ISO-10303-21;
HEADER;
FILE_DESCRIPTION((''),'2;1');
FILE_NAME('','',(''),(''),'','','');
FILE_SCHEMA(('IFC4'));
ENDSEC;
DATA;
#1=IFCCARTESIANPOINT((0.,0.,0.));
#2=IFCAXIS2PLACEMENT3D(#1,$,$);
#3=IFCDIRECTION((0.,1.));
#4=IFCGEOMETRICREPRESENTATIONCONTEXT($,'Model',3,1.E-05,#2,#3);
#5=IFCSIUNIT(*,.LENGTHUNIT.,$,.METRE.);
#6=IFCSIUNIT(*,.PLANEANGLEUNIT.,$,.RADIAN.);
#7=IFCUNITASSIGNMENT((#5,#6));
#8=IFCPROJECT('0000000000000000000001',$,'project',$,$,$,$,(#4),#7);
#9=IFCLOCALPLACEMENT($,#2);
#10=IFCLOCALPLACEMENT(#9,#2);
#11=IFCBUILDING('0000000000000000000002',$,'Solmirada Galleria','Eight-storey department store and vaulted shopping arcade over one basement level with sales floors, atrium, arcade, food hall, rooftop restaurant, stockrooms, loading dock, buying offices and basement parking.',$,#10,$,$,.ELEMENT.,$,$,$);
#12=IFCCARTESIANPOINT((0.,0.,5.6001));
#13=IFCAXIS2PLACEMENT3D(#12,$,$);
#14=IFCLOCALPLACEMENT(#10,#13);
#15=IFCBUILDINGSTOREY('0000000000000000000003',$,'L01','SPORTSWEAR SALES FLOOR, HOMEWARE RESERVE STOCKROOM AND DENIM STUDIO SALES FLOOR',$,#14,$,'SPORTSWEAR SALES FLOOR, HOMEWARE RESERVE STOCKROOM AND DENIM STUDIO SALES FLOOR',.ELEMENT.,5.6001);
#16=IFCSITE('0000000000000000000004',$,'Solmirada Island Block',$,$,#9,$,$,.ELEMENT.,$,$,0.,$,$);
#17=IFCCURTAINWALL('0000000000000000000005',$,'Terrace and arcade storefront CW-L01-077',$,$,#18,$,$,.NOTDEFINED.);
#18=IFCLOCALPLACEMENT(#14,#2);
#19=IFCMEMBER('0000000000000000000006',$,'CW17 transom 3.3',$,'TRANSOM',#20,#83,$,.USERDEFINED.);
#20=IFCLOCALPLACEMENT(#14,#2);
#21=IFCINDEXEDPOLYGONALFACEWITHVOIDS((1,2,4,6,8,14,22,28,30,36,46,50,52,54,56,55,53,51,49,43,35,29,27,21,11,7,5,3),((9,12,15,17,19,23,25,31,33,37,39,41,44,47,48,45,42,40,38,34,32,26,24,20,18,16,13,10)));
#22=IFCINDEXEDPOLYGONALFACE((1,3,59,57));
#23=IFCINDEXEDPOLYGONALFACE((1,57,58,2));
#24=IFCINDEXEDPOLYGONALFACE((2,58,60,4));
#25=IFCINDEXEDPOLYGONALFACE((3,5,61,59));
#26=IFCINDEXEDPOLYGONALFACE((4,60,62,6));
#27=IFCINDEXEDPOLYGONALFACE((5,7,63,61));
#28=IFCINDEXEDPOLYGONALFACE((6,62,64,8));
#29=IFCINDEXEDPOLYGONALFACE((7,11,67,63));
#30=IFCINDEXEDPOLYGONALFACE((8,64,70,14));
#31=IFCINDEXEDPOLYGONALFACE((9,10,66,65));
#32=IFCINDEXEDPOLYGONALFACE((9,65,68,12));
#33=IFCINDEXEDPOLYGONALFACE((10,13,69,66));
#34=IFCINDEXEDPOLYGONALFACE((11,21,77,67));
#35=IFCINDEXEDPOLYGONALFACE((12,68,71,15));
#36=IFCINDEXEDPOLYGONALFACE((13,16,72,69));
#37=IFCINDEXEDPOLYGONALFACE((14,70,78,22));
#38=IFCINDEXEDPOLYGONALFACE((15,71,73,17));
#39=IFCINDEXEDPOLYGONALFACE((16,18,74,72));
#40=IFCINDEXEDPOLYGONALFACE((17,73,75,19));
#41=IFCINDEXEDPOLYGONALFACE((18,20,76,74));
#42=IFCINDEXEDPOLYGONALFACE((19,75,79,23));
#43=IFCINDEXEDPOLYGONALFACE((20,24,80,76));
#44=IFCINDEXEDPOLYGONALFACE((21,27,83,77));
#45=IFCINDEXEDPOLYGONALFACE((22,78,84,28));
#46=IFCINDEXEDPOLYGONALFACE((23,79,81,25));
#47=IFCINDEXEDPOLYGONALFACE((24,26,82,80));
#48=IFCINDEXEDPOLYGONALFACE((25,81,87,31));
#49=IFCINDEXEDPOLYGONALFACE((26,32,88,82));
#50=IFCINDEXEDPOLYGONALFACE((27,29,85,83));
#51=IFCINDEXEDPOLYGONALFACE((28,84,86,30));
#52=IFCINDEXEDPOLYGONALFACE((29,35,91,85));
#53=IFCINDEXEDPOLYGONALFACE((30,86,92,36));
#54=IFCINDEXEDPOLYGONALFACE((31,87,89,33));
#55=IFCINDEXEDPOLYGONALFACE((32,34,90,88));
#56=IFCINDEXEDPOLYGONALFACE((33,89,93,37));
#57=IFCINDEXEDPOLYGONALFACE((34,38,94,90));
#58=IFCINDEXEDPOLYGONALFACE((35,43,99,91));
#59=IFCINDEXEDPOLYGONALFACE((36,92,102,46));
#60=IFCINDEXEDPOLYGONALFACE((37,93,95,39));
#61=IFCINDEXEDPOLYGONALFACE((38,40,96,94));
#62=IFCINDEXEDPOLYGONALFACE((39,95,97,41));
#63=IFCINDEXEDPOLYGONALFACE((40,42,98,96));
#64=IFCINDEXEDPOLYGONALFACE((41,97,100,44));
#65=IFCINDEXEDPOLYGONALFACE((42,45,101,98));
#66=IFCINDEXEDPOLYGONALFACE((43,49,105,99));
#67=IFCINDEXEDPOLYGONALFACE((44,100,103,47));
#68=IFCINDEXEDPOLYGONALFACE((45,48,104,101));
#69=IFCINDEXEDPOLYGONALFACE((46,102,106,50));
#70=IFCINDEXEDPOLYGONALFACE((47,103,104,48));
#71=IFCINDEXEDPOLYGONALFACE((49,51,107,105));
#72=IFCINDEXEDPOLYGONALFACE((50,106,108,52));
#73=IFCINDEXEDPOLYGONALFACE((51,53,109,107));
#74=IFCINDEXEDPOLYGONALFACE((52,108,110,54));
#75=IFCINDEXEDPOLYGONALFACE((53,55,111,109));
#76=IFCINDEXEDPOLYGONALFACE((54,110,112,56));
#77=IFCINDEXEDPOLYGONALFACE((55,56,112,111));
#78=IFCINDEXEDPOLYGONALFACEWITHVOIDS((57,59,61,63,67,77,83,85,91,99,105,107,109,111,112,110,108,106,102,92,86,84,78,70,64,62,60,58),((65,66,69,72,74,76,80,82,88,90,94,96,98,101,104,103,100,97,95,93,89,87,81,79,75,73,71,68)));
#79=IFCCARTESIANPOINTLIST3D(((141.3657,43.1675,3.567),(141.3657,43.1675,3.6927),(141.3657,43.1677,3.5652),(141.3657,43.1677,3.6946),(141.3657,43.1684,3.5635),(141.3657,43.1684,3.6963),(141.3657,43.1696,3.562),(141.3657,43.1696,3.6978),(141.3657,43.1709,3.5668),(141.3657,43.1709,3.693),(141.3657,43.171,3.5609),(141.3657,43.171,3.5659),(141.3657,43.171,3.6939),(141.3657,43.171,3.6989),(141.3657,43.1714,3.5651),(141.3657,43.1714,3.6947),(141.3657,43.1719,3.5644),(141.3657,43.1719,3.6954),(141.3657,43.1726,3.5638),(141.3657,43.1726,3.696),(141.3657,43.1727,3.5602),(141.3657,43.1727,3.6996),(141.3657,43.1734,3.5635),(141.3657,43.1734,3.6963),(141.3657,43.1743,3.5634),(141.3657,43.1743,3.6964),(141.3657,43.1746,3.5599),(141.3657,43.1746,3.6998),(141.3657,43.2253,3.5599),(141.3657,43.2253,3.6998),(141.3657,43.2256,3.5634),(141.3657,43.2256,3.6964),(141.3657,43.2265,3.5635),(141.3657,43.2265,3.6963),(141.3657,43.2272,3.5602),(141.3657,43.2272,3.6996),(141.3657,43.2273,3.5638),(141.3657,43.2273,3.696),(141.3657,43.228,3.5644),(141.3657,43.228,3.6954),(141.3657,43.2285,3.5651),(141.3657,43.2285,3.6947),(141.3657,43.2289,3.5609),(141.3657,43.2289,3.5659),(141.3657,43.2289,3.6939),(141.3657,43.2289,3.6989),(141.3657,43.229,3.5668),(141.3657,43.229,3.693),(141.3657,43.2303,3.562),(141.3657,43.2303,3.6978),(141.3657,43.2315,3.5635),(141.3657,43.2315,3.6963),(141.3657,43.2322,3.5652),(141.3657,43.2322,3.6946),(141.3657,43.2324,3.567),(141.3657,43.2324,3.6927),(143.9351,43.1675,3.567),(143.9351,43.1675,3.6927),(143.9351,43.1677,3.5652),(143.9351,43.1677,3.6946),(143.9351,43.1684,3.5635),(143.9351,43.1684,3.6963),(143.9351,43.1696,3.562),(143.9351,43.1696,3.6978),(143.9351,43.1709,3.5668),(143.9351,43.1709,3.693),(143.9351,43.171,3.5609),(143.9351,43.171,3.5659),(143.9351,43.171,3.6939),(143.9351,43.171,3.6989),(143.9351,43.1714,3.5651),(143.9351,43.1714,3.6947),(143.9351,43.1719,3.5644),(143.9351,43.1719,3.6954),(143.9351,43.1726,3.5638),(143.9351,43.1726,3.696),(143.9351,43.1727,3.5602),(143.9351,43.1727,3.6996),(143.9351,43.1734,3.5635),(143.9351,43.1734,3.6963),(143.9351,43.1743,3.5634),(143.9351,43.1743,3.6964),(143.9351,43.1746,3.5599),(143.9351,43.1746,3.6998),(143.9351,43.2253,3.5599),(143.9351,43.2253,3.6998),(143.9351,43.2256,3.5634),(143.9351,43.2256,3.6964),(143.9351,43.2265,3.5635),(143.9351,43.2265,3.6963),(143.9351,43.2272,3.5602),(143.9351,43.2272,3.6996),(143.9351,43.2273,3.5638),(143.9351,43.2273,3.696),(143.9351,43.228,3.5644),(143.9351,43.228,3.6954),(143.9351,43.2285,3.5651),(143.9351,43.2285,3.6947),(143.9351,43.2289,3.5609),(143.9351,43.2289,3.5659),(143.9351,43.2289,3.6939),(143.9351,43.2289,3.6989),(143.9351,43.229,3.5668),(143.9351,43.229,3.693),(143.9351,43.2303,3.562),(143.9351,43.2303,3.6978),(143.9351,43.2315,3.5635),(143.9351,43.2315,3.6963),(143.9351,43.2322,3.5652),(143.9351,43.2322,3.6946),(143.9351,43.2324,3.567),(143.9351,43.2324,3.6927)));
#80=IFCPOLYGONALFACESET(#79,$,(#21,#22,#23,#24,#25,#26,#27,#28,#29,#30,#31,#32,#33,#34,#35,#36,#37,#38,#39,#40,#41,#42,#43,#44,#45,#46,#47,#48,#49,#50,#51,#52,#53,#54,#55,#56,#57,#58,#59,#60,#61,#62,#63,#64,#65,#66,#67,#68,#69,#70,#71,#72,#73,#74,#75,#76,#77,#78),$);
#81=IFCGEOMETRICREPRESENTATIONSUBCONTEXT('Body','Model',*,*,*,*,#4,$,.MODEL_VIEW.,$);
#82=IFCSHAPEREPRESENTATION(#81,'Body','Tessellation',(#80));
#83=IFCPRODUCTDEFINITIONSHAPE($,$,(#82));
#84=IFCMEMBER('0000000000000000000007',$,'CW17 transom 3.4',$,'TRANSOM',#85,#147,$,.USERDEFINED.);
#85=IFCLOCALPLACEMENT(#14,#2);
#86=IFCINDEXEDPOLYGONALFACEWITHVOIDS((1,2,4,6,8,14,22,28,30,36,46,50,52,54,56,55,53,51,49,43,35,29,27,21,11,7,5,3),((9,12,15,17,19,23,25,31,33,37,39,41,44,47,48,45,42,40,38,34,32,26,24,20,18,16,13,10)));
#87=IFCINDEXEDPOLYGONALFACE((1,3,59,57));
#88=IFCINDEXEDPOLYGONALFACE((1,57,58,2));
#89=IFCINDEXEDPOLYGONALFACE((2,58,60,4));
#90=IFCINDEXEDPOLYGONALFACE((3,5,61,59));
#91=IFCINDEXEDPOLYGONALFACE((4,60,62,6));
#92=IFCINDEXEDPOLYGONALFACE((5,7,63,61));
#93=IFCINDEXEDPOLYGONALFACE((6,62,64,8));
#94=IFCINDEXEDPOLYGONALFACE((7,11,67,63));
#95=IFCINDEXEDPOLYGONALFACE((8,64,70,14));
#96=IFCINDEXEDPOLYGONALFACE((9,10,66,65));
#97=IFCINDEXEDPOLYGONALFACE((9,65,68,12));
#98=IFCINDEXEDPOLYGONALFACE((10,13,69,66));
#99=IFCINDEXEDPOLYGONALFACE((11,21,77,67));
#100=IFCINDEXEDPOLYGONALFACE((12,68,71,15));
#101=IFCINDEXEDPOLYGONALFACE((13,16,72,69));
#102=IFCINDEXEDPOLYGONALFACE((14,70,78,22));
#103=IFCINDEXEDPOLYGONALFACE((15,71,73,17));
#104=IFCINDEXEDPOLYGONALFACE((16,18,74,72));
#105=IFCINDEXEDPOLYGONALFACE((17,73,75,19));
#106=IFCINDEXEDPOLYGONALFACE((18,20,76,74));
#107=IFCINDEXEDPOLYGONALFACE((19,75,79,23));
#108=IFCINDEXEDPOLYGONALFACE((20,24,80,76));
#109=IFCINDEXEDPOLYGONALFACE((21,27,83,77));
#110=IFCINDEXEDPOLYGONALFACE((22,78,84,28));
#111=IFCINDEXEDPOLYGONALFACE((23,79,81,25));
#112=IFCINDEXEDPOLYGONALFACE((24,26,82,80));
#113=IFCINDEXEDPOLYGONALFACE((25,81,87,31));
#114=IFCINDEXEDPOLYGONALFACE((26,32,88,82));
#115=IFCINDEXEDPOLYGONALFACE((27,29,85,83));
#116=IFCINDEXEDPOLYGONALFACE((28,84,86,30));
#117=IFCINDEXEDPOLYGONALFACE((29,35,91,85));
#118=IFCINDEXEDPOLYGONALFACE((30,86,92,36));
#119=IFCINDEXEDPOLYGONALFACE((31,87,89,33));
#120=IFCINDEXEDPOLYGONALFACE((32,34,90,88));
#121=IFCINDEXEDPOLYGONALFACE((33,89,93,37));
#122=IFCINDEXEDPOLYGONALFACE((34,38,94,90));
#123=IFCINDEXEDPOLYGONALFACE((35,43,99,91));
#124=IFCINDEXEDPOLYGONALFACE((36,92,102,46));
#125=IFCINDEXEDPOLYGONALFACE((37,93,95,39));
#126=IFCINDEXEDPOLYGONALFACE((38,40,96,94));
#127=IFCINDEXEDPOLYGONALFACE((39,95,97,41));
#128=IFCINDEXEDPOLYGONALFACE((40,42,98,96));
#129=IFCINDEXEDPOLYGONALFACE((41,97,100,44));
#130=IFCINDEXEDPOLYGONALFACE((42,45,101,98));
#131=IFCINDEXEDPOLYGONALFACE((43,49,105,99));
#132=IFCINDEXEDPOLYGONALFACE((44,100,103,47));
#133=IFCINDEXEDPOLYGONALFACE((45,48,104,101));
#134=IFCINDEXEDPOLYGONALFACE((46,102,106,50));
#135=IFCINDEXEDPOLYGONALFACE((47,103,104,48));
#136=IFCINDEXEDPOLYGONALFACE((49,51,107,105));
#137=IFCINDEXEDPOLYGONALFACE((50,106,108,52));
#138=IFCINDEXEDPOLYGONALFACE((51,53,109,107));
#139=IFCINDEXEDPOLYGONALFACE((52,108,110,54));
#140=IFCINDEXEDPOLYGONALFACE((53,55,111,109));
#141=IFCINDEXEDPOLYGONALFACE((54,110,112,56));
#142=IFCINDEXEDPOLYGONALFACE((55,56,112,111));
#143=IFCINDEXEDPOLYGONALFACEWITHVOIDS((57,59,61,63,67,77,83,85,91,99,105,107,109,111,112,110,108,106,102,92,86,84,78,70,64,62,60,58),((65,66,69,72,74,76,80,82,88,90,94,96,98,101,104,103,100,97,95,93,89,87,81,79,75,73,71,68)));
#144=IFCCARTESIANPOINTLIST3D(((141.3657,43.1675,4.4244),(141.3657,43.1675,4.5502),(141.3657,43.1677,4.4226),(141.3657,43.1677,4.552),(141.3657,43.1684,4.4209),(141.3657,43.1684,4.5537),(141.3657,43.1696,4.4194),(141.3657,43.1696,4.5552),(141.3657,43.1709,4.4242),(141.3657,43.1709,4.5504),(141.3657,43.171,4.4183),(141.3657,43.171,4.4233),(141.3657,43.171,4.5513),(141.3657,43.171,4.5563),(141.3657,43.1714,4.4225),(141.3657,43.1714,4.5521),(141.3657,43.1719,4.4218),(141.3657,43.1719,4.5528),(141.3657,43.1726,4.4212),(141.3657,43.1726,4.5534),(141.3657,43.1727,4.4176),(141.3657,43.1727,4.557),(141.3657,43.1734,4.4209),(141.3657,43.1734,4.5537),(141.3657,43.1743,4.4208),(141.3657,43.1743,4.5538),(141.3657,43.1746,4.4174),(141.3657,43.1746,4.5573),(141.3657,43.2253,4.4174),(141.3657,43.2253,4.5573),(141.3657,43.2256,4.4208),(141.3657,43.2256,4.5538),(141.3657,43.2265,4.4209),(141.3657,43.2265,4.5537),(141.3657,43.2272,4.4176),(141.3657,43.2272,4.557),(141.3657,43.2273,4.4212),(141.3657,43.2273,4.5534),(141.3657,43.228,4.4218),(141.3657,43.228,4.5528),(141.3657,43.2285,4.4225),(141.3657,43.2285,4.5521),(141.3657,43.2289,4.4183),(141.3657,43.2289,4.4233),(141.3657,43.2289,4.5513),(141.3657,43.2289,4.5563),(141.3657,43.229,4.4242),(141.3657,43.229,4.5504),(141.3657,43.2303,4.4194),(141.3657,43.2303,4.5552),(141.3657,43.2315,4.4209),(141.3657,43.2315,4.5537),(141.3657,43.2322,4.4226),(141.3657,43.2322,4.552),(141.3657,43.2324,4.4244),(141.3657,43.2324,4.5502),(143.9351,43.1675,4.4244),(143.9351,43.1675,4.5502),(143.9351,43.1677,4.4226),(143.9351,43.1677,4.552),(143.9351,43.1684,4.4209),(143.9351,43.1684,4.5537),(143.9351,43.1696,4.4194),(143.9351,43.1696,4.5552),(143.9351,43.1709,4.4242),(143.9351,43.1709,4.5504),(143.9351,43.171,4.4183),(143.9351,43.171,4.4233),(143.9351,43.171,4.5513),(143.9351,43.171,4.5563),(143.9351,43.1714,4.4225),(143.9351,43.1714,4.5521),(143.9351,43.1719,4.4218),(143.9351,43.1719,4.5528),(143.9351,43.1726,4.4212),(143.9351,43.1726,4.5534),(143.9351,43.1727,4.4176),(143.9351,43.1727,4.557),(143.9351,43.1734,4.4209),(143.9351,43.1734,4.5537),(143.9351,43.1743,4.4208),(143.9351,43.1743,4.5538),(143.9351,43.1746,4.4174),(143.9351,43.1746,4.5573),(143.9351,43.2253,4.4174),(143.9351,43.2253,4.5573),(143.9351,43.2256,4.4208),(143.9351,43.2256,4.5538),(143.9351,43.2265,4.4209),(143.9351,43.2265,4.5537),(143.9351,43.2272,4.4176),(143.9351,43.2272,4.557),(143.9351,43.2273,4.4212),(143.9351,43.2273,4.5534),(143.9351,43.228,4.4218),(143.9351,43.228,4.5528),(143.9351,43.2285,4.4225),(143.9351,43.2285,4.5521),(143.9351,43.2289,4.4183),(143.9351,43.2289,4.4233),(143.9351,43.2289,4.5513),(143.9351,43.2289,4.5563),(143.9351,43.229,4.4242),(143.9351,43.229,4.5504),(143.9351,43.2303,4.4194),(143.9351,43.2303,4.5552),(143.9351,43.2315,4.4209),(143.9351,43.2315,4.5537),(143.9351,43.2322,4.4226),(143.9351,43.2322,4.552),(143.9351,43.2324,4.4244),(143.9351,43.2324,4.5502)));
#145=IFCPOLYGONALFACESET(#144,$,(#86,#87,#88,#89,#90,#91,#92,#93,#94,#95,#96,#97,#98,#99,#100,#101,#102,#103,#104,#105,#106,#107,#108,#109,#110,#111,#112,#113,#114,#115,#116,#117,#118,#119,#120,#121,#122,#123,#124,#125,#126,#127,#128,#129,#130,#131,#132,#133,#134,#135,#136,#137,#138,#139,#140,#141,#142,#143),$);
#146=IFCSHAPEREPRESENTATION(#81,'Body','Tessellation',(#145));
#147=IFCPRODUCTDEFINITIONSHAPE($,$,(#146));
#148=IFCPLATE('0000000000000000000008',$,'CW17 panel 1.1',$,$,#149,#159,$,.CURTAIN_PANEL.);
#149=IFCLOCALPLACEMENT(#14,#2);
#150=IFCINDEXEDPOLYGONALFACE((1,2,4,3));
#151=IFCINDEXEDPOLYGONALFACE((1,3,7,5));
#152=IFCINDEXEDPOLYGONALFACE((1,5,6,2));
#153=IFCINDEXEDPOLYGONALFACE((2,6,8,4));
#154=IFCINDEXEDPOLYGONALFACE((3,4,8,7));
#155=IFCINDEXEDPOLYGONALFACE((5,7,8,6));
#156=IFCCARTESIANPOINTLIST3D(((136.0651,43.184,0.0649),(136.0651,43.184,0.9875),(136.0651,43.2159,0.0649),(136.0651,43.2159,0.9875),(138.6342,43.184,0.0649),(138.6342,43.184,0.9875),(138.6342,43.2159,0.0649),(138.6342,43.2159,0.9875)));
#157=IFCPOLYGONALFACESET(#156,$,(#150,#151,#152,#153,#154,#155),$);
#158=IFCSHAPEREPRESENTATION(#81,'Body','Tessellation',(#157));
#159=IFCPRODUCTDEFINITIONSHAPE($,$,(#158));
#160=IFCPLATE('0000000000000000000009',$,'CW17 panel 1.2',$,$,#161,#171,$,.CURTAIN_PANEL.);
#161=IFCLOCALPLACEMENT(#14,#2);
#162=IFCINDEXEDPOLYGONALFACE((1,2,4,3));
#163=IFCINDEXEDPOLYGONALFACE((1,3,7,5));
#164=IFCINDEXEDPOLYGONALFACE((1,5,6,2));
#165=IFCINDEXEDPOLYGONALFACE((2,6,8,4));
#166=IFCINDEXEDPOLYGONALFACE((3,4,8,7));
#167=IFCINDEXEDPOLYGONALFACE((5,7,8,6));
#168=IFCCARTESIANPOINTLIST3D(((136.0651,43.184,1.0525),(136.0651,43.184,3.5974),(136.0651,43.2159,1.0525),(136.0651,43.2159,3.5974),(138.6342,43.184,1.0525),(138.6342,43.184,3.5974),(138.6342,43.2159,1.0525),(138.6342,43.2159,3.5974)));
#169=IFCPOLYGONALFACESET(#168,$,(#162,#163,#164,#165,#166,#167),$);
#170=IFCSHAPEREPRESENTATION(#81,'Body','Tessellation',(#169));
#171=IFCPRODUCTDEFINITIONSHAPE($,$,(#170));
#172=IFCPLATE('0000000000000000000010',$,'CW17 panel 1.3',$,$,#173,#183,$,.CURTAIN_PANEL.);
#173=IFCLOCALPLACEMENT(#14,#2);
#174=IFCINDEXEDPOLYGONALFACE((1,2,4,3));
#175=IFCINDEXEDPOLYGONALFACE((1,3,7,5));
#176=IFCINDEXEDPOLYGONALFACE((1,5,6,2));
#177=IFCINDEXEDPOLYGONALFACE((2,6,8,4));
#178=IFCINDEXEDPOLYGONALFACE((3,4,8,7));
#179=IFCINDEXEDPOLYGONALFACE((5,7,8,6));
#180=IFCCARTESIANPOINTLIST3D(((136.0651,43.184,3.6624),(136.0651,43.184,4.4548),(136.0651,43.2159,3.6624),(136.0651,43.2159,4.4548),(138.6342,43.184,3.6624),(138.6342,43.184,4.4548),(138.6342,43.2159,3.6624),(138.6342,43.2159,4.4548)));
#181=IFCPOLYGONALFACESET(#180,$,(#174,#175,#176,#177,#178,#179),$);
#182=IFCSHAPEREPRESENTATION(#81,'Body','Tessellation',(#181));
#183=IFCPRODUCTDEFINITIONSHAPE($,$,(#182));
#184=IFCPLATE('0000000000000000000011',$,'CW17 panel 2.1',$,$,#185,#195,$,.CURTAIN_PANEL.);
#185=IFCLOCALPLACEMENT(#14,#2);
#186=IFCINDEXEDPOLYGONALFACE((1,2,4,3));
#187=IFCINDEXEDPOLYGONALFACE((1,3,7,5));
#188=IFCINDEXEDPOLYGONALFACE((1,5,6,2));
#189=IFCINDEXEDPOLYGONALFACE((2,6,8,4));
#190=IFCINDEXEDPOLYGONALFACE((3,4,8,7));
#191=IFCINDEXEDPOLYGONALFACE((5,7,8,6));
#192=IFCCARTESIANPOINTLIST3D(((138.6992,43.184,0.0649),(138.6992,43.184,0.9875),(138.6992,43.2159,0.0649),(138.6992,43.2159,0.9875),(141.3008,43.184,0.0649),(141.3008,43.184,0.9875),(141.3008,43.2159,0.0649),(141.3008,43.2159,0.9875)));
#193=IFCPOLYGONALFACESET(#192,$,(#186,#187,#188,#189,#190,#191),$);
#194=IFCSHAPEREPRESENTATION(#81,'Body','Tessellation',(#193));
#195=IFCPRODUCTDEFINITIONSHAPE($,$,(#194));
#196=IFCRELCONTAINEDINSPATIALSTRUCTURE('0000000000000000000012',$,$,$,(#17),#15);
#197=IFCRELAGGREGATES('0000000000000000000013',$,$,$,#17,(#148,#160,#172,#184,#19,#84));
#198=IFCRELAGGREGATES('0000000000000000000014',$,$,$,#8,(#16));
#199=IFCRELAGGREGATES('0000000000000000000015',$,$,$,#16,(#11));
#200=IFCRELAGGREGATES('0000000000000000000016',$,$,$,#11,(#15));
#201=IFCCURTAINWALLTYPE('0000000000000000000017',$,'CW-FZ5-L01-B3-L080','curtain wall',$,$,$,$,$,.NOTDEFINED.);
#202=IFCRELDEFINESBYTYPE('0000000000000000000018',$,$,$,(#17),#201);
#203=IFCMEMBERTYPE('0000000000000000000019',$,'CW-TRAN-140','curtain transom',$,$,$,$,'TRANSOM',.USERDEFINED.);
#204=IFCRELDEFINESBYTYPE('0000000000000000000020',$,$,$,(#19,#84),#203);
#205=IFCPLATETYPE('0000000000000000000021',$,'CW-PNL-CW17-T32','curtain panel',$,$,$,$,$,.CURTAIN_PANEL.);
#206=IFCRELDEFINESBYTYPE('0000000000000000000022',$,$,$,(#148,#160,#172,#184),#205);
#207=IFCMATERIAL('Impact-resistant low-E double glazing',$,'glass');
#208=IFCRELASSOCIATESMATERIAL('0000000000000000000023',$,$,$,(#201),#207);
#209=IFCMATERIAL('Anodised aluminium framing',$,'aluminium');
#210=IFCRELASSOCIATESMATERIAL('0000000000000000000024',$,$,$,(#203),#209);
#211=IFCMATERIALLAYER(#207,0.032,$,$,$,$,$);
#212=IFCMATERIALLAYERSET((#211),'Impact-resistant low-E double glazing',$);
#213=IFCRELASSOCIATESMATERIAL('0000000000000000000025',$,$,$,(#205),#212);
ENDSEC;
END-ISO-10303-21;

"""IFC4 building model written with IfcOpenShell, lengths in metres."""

from ifc_helpers import new_model, si_unit, direction, frame, origin, origin_2d, place, context, subcontext, project, spatial, rectangle, hollow_rectangle, extrude, material, layer, layer_set, material_profile, profile_set, type_object, element, aggregate, save


model = new_model("IFC4")

# Units and contexts
model_context = context("Model", 3, precision=1e-05, world=origin(), true_north=direction((0.0, 1.0)))
body_context = subcontext(model_context, "Body", "Model", "MODEL_VIEW")
ifc_project = project(units=[si_unit("LENGTHUNIT", "METRE"), si_unit("PLANEANGLEUNIT", "RADIAN")], contexts=[model_context])

# Site, building, storey
site_placement = place(None, origin())
site = spatial("IfcSite", under=ifc_project, at=site_placement, Name="Solmirada Island Block", CompositionType="ELEMENT", RefElevation=0.0)
building_placement = place(site_placement, origin())
building = spatial("IfcBuilding", under=site, at=building_placement, Name="Solmirada Galleria", Description="Eight-storey department store and vaulted shopping arcade over one basement level with sales floors, atrium, arcade, food hall, rooftop restaurant, stockrooms, loading dock, buying offices and basement parking.", CompositionType="ELEMENT")
storey_placement = place(building_placement, frame((0.0, 0.0, 5.6001)))
storey = spatial("IfcBuildingStorey", under=building, at=storey_placement, Name="L01", Description="SPORTSWEAR SALES FLOOR, HOMEWARE RESERVE STOCKROOM AND DENIM STUDIO SALES FLOOR", LongName="SPORTSWEAR SALES FLOOR, HOMEWARE RESERVE STOCKROOM AND DENIM STUDIO SALES FLOOR", CompositionType="ELEMENT", Elevation=5.6001)

# Curtain wall, members, plates
ifc_material_1 = material(Name="Impact-resistant low-E double glazing", Category="glass")
curtain_wall_type = type_object("IfcCurtainWallType", Name="CW-FZ5-L01-B3-L080", Description="curtain wall", PredefinedType="NOTDEFINED", material=ifc_material_1)
curtain_wall_placement = place(storey_placement, origin())
curtain_wall = element("IfcCurtainWall", 1, at=curtain_wall_placement, inside=storey, type_object=curtain_wall_type, Name="Terrace and arcade storefront CW-L01-077", PredefinedType="NOTDEFINED")
ifc_material_2 = material(Name="Anodised aluminium framing", Category="aluminium")
ifc_material_profile_1 = material_profile(ifc_material_2, hollow_rectangle(XDim=0.0649, YDim=0.1399, WallThickness=0.0034, InnerFilletRadius=0.0034, OuterFilletRadius=0.0071, at=origin_2d()), Name="ALU-TRAN-140X65")
ifc_profile_set_1 = profile_set([ifc_material_profile_1], Name="Anodised aluminium framing")
member_type_1 = type_object("IfcMemberType", Name="CW-TRAN-140", Description="curtain transom", ElementType="TRANSOM", PredefinedType="USERDEFINED", material=ifc_profile_set_1)
member_1_placement = place(storey_placement, frame((141.3657, 43.2, 3.6299), z_axis=(1.0, 0.0, 0.0), x_axis=(0.0, 1.0, 0.0)))
member_1 = element("IfcMember", 2, at=member_1_placement, type_object=member_type_1, Name="CW17 transom 3.3", ObjectType="TRANSOM", PredefinedType="USERDEFINED", context=body_context, shape_type="SweptSolid", body=[
    extrude(hollow_rectangle(XDim=0.0649, YDim=0.1399, WallThickness=0.0034, InnerFilletRadius=0.0034, OuterFilletRadius=0.0071, at=origin_2d()), origin(), (0.0, 0.0, 1.0), 2.5693),
])
member_2_placement = place(storey_placement, frame((141.3657, 43.2, 4.4873), z_axis=(1.0, 0.0, 0.0), x_axis=(0.0, 1.0, 0.0)))
member_2 = element("IfcMember", 3, at=member_2_placement, type_object=member_type_1, Name="CW17 transom 3.4", ObjectType="TRANSOM", PredefinedType="USERDEFINED", context=body_context, shape_type="SweptSolid", body=[
    extrude(hollow_rectangle(XDim=0.0649, YDim=0.1399, WallThickness=0.0034, InnerFilletRadius=0.0034, OuterFilletRadius=0.0071, at=origin_2d()), origin(), (0.0, 0.0, 1.0), 2.5693),
])
ifc_layer_1 = layer(ifc_material_1, 0.032)
ifc_layer_set_1 = layer_set([ifc_layer_1], Name="Impact-resistant low-E double glazing")
plate_type = type_object("IfcPlateType", Name="CW-PNL-CW17-T32", Description="curtain panel", PredefinedType="CURTAIN_PANEL", material=ifc_layer_set_1)
plate_1_placement = place(storey_placement, frame((137.3496, 43.2, 0.0649), z_axis=(0.0, 0.0, 1.0), x_axis=(1.0, 0.0, 0.0)))
plate_1 = element("IfcPlate", 4, at=plate_1_placement, type_object=plate_type, Name="CW17 panel 1.1", PredefinedType="CURTAIN_PANEL", context=body_context, shape_type="SweptSolid", body=[
    extrude(rectangle(XDim=2.5691, YDim=0.032, at=origin_2d()), origin(), (0.0, 0.0, 1.0), 0.9226),
])
plate_2_placement = place(storey_placement, frame((137.3496, 43.2, 1.0525), z_axis=(0.0, 0.0, 1.0), x_axis=(1.0, 0.0, 0.0)))
plate_2 = element("IfcPlate", 5, at=plate_2_placement, type_object=plate_type, Name="CW17 panel 1.2", PredefinedType="CURTAIN_PANEL", context=body_context, shape_type="SweptSolid", body=[
    extrude(rectangle(XDim=2.5691, YDim=0.032, at=origin_2d()), origin(), (0.0, 0.0, 1.0), 2.5449),
])
plate_3_placement = place(storey_placement, frame((137.3496, 43.2, 3.6624), z_axis=(0.0, 0.0, 1.0), x_axis=(1.0, 0.0, 0.0)))
plate_3 = element("IfcPlate", 6, at=plate_3_placement, type_object=plate_type, Name="CW17 panel 1.3", PredefinedType="CURTAIN_PANEL", context=body_context, shape_type="SweptSolid", body=[
    extrude(rectangle(XDim=2.5691, YDim=0.032, at=origin_2d()), origin(), (0.0, 0.0, 1.0), 0.7925),
])
plate_4_placement = place(storey_placement, frame((140.0, 43.2, 0.0649), z_axis=(0.0, 0.0, 1.0), x_axis=(1.0, 0.0, 0.0)))
plate_4 = element("IfcPlate", 7, at=plate_4_placement, type_object=plate_type, Name="CW17 panel 2.1", PredefinedType="CURTAIN_PANEL", context=body_context, shape_type="SweptSolid", body=[
    extrude(rectangle(XDim=2.6016, YDim=0.032, at=origin_2d()), origin(), (0.0, 0.0, 1.0), 0.9226),
])
aggregate(curtain_wall, [plate_1, plate_2, plate_3, plate_4, member_1, member_2])

save(model, "model.ifc")
